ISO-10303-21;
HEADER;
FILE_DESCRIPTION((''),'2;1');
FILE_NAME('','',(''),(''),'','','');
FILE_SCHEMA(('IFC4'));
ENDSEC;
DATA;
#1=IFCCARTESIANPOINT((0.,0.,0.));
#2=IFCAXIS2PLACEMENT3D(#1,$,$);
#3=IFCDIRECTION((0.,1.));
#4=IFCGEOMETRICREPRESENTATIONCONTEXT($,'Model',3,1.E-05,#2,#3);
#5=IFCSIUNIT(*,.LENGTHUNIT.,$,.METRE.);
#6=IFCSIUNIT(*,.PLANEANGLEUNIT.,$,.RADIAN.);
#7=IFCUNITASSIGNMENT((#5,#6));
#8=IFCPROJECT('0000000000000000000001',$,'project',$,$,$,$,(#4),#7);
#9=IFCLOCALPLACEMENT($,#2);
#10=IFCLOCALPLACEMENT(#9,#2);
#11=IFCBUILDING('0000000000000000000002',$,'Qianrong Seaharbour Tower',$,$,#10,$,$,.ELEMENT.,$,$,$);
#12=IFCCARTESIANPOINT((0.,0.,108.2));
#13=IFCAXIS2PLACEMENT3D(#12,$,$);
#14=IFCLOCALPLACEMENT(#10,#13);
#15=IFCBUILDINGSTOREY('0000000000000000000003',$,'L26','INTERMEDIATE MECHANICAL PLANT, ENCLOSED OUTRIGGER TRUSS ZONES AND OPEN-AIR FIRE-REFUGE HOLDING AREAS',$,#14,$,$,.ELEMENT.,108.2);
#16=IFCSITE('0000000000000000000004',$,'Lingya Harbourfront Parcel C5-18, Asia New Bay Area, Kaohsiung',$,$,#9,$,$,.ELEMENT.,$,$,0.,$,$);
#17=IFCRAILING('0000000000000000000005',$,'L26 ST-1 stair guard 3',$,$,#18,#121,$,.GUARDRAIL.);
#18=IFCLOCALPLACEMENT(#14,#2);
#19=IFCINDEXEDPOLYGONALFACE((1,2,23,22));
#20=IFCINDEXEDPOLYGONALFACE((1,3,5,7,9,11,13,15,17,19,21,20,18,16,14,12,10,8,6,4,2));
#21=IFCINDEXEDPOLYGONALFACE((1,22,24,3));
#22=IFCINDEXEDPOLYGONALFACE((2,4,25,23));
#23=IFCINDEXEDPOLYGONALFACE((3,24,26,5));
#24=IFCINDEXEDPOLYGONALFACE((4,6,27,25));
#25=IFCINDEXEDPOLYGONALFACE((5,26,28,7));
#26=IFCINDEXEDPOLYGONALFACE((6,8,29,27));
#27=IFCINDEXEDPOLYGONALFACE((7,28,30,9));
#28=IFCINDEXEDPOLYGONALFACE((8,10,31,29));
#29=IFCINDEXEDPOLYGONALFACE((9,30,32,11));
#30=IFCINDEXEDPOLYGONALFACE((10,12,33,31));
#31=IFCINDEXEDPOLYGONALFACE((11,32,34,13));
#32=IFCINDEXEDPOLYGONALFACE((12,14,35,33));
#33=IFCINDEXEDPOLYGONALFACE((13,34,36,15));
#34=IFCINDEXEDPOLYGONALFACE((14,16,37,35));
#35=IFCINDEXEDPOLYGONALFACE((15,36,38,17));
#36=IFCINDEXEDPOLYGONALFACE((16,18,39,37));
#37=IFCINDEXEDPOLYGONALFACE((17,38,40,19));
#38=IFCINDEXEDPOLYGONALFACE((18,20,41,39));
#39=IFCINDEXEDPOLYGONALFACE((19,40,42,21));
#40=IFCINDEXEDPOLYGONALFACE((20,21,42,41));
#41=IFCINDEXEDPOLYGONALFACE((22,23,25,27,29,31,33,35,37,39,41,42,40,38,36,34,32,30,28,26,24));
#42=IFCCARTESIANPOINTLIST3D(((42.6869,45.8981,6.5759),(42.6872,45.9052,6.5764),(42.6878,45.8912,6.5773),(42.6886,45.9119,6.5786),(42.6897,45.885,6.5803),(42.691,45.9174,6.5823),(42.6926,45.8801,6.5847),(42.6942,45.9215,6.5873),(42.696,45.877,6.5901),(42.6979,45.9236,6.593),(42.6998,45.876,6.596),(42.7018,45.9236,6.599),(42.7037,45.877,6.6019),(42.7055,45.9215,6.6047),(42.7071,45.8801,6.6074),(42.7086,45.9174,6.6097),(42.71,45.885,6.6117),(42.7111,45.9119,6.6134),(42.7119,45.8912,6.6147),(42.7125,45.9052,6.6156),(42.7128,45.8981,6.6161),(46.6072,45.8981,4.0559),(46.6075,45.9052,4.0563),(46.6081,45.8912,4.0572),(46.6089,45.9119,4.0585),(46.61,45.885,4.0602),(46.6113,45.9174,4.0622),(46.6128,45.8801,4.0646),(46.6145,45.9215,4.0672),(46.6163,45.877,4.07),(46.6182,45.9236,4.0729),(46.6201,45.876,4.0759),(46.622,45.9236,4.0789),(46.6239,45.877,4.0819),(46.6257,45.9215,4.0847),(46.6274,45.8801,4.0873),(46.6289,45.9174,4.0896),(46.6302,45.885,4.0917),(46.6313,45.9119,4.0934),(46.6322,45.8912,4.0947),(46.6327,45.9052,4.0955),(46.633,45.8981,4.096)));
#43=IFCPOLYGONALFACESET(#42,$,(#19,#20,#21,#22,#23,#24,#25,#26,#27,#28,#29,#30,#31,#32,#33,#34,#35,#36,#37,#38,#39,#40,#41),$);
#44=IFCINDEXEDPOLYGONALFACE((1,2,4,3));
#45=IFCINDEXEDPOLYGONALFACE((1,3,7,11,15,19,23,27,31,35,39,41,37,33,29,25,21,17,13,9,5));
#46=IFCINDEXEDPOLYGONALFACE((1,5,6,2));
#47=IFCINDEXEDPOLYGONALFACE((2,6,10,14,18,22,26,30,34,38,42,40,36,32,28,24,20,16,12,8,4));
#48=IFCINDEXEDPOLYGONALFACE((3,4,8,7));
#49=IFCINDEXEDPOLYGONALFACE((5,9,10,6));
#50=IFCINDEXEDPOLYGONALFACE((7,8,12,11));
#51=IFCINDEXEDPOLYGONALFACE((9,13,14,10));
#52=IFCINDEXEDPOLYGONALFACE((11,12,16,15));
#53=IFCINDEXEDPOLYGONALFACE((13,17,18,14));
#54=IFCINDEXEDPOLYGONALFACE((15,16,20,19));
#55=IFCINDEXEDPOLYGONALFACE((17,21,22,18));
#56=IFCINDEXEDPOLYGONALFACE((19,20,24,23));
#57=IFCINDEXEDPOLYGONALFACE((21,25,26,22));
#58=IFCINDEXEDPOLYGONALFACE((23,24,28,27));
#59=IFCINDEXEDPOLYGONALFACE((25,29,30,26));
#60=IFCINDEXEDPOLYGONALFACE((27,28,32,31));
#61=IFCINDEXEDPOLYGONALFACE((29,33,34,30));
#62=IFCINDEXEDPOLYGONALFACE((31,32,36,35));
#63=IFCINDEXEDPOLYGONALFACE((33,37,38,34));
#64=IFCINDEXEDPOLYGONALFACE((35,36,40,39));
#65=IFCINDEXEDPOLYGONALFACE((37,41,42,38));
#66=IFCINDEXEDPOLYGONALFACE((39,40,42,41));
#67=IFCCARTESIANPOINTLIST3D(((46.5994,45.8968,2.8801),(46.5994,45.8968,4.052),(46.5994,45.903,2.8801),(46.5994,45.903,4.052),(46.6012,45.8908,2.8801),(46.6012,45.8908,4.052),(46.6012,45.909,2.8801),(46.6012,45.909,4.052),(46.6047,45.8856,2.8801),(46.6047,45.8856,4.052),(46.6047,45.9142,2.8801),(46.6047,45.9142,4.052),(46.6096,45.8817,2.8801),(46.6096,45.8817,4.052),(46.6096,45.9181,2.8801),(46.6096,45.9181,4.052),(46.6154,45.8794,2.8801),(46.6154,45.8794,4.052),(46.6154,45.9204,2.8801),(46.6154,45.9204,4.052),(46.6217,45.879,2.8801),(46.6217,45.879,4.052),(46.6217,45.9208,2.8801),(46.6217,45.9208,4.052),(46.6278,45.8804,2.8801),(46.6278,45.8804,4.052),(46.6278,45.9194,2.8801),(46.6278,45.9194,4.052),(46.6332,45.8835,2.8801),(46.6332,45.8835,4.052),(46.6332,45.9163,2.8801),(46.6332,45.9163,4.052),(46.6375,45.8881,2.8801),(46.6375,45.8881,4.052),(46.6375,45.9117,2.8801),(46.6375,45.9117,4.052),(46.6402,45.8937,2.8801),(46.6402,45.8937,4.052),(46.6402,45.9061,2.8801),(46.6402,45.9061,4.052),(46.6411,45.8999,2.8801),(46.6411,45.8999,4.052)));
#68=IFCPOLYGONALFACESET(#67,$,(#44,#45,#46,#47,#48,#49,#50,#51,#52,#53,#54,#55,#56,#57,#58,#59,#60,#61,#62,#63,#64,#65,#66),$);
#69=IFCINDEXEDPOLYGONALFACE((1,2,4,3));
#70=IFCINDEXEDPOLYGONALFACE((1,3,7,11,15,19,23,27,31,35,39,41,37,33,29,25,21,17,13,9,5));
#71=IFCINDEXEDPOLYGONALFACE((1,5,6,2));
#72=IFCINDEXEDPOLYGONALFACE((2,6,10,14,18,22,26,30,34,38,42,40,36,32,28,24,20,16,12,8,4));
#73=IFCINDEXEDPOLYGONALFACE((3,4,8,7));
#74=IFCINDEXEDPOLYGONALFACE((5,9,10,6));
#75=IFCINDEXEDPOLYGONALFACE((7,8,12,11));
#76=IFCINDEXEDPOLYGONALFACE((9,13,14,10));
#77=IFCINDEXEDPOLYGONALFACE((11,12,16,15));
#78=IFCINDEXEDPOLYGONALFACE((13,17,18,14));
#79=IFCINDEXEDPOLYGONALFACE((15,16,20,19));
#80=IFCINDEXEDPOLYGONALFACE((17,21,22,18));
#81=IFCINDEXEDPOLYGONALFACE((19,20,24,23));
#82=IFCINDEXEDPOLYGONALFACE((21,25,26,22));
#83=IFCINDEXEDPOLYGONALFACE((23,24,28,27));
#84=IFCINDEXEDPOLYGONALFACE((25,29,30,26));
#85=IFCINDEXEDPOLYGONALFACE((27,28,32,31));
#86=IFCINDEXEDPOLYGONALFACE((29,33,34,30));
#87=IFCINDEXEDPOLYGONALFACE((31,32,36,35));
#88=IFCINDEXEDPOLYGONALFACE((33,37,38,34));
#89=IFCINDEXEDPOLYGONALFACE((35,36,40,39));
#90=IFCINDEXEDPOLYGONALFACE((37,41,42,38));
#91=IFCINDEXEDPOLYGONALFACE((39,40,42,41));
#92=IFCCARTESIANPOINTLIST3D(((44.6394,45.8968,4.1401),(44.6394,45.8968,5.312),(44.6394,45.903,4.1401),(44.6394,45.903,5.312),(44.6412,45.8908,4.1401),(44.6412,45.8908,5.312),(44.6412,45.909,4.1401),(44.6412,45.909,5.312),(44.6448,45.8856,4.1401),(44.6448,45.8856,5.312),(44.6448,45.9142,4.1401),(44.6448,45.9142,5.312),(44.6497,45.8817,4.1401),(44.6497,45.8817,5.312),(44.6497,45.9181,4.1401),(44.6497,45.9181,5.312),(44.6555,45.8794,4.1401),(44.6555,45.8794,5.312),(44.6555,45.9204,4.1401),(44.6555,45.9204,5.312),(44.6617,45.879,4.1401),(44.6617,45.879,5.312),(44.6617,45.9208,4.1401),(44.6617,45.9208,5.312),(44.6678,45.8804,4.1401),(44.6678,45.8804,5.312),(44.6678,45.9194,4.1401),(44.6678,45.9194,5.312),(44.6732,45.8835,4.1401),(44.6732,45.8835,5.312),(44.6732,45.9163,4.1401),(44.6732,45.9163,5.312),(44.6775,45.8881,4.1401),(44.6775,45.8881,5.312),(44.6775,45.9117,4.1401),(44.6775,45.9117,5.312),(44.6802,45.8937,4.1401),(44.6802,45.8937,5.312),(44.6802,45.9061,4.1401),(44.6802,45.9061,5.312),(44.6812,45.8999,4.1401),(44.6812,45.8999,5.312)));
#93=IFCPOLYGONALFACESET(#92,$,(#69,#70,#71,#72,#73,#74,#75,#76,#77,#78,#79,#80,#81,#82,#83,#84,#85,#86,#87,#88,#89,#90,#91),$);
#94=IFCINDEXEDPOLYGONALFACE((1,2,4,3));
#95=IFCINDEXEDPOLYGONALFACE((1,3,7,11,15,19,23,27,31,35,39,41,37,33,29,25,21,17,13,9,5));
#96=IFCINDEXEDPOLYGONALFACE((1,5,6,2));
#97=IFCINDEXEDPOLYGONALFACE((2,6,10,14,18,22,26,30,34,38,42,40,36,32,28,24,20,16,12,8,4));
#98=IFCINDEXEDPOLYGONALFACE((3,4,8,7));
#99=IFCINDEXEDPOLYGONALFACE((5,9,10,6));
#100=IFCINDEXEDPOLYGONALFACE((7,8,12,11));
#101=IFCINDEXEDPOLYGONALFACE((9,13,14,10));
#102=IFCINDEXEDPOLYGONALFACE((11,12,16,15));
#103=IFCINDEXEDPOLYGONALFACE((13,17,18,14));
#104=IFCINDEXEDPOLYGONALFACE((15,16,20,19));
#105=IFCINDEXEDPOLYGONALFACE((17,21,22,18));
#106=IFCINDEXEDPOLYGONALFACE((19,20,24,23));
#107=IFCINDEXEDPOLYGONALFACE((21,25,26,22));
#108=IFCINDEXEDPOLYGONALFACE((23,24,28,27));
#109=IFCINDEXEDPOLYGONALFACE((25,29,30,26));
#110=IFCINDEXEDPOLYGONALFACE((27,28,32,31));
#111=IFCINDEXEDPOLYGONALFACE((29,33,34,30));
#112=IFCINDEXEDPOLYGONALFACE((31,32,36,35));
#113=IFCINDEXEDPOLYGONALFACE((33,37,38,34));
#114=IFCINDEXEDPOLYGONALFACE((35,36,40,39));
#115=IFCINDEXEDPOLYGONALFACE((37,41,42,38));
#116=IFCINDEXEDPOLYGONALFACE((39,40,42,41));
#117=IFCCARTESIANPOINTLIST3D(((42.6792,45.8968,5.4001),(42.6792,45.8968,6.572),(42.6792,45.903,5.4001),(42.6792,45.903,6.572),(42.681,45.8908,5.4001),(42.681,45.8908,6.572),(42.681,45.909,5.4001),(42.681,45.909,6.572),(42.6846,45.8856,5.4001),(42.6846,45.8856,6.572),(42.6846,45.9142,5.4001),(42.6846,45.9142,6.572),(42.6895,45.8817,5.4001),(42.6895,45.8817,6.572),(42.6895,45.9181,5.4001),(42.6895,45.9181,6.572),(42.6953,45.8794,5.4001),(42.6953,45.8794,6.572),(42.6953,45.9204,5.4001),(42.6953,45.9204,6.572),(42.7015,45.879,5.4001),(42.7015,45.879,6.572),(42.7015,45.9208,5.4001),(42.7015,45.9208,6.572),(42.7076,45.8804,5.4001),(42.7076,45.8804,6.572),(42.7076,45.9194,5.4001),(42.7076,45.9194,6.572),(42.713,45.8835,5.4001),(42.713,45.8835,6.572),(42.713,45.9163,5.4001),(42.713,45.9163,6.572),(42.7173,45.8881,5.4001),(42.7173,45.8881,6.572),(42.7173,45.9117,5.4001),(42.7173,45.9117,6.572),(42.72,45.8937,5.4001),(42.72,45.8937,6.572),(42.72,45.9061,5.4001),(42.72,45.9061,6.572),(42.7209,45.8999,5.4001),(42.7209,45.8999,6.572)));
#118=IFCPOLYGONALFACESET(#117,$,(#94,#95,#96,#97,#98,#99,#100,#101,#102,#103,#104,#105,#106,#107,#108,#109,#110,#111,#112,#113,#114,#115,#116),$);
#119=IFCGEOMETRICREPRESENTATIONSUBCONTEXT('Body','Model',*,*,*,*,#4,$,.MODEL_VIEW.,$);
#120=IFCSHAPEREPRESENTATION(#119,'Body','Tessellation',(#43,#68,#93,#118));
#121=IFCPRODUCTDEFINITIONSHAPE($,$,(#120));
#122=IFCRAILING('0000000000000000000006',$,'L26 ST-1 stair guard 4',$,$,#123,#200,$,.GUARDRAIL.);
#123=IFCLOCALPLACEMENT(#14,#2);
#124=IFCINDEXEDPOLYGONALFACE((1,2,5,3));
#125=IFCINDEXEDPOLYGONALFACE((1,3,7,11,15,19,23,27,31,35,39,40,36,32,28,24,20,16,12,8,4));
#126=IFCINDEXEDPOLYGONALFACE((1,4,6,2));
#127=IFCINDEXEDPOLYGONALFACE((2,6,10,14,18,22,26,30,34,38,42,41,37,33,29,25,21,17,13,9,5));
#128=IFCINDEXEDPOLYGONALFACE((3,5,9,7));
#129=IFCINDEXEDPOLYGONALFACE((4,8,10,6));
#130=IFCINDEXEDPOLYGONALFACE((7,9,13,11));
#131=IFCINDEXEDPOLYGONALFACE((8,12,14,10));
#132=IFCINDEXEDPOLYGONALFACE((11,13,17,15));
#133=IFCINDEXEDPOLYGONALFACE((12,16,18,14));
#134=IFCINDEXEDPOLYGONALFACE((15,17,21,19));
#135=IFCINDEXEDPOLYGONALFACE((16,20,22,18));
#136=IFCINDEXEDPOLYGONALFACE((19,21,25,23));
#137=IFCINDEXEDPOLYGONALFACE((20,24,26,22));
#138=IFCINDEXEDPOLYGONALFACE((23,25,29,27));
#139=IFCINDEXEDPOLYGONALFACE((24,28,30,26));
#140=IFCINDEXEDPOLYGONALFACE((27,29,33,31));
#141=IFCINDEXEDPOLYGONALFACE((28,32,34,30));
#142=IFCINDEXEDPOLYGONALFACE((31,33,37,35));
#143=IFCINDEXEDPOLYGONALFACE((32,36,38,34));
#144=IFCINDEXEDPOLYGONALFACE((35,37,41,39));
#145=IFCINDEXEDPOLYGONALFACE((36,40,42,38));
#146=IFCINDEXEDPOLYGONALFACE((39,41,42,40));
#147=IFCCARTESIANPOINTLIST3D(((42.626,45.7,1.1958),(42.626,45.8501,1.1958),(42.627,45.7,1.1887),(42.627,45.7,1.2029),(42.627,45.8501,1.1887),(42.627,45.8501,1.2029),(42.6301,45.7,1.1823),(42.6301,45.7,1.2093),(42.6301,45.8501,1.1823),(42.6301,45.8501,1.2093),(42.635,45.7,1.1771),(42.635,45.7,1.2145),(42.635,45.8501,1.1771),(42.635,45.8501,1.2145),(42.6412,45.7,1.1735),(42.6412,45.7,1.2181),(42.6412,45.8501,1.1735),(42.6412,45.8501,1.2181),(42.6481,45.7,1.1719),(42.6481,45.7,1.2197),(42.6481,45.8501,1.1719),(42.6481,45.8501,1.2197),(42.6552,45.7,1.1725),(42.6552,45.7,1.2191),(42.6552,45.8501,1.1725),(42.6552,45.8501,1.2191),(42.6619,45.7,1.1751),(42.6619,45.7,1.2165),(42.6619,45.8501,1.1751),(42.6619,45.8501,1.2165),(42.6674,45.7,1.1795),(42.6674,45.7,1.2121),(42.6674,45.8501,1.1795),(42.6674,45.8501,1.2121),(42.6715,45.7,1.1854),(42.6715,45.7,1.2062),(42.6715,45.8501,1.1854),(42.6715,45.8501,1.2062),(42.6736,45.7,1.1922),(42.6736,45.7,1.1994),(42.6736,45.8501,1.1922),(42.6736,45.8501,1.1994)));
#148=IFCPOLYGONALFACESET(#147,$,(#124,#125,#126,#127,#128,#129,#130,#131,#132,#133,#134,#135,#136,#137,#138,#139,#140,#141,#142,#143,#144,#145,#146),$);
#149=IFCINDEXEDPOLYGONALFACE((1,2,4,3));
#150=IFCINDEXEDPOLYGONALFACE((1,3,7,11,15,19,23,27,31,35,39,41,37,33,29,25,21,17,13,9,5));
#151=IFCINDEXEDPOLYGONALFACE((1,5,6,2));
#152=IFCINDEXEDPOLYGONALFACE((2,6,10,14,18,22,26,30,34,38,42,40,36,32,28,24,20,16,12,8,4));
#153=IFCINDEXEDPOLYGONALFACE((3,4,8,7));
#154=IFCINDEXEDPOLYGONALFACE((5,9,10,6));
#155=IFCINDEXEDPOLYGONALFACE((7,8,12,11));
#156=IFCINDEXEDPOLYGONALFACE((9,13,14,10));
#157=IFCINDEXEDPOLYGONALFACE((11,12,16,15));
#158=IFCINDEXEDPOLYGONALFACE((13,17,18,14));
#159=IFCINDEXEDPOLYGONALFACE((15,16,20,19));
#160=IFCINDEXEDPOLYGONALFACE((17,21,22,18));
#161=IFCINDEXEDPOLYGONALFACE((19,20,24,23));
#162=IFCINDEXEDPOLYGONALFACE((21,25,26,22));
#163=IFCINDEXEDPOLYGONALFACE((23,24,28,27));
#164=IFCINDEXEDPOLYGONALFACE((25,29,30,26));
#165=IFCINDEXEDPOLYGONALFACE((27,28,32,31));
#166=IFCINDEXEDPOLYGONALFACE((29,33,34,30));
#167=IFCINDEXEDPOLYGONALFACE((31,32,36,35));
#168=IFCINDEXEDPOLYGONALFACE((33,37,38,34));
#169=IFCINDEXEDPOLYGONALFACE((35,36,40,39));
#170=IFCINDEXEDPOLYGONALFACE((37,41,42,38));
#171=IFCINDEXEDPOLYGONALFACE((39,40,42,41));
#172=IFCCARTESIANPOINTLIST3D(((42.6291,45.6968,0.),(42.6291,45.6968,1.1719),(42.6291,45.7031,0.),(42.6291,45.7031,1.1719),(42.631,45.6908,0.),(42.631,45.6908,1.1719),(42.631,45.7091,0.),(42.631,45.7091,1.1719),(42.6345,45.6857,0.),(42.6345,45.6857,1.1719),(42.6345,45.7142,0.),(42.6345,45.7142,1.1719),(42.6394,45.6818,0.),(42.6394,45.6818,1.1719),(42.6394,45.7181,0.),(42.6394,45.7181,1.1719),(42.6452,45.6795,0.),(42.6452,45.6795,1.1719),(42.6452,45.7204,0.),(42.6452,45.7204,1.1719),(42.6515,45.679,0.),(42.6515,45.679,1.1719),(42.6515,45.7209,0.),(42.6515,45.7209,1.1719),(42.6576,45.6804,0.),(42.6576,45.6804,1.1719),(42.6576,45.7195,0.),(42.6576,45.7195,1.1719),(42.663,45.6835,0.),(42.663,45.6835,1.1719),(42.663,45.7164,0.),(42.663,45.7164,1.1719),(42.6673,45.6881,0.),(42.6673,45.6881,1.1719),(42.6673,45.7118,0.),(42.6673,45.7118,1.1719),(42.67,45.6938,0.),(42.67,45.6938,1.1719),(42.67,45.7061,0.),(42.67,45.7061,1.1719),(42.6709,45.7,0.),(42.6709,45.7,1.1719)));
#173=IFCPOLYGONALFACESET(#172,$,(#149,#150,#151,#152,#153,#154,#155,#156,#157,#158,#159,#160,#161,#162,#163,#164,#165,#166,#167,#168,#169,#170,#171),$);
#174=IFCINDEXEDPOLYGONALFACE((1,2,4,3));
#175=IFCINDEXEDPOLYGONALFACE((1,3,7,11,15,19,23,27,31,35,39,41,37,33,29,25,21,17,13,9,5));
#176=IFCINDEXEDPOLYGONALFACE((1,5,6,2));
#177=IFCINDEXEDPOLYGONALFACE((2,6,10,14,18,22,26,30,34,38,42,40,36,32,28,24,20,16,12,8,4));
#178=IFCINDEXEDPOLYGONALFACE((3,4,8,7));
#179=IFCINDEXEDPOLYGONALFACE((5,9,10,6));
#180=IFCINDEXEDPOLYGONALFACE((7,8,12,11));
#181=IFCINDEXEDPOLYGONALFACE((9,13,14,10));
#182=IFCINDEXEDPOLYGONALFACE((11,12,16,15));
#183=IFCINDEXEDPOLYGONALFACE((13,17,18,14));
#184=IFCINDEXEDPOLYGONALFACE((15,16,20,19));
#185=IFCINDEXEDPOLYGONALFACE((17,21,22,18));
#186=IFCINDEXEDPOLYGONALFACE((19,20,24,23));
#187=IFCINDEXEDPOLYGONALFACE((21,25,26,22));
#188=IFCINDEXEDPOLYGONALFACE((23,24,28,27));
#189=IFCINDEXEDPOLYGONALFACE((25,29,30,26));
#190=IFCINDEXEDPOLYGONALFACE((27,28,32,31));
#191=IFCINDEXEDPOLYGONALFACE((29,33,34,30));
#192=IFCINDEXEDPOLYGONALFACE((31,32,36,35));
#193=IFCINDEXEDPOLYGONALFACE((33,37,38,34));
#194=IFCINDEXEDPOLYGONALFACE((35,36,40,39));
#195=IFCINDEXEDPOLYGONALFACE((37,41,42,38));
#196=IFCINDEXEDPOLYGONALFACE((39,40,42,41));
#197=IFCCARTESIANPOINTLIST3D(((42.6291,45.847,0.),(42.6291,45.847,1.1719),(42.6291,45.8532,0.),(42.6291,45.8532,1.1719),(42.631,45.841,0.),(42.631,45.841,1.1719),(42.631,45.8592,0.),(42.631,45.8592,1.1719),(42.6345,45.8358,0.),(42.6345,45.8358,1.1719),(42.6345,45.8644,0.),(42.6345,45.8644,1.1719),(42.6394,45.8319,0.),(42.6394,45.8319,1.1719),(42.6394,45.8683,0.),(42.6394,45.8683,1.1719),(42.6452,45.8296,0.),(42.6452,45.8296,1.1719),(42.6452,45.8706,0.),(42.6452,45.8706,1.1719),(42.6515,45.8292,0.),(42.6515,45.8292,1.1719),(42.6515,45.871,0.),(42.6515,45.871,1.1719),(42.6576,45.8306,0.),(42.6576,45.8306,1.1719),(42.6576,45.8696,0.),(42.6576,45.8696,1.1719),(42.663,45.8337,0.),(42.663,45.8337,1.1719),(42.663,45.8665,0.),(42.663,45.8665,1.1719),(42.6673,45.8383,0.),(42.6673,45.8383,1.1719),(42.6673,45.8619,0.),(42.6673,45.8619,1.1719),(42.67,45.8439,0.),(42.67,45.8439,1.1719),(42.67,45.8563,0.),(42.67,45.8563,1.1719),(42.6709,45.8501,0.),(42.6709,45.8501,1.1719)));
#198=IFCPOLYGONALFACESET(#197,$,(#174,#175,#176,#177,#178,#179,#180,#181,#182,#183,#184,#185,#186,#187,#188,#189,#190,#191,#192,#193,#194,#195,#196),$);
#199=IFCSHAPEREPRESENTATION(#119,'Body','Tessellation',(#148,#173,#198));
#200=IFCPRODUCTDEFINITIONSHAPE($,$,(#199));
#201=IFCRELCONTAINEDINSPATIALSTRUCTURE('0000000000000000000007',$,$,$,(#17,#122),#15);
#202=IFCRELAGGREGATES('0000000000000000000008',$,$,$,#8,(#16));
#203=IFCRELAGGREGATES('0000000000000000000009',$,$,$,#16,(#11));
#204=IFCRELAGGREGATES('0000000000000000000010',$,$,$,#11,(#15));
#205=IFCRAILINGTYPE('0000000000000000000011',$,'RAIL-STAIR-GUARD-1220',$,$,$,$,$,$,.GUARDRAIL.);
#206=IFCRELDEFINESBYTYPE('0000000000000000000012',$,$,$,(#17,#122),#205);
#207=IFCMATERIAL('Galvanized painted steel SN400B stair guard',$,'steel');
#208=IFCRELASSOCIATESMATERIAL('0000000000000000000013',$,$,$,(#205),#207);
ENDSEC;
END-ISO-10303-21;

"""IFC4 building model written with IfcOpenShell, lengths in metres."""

from ifc_helpers import new_model, si_unit, direction, frame, origin, origin_2d, place, context, subcontext, project, spatial, circle, extrude, material, type_object, element, save


model = new_model("IFC4")

# Units and contexts
model_context = context("Model", 3, precision=1e-05, world=origin(), true_north=direction((0.0, 1.0)))
body_context = subcontext(model_context, "Body", "Model", "MODEL_VIEW")
ifc_project = project(units=[si_unit("LENGTHUNIT", "METRE"), si_unit("PLANEANGLEUNIT", "RADIAN")], contexts=[model_context])

# Site, building, storey
site_placement = place(None, origin())
site = spatial("IfcSite", under=ifc_project, at=site_placement, Name="Lingya Harbourfront Parcel C5-18, Asia New Bay Area, Kaohsiung", CompositionType="ELEMENT", RefElevation=0.0)
building_placement = place(site_placement, origin())
building = spatial("IfcBuilding", under=site, at=building_placement, Name="Qianrong Seaharbour Tower", CompositionType="ELEMENT")
storey_placement = place(building_placement, frame((0.0, 0.0, 108.2)))
storey = spatial("IfcBuildingStorey", under=building, at=storey_placement, Name="L26", Description="INTERMEDIATE MECHANICAL PLANT, ENCLOSED OUTRIGGER TRUSS ZONES AND OPEN-AIR FIRE-REFUGE HOLDING AREAS", CompositionType="ELEMENT", Elevation=108.2)

# Railings
ifc_material_1 = material(Name="Galvanized painted steel SN400B stair guard", Category="steel")
railing_type_1 = type_object("IfcRailingType", Name="RAIL-STAIR-GUARD-1220", PredefinedType="GUARDRAIL", material=ifc_material_1)
railing_1_placement = place(storey_placement, frame((46.6201, 45.8999, 2.8801)))
element("IfcRailing", 1, at=railing_1_placement, inside=storey, type_object=railing_type_1, Name="L26 ST-1 stair guard 3", PredefinedType="GUARDRAIL", context=body_context, shape_type="SweptSolid", body=[
    extrude(circle(Radius=0.0239, at=origin_2d()), frame((0.0, 0.0, 1.1958), z_axis=(-0.841187, 0.0, 0.540744), x_axis=(0.0, -1.0, 0.0)), (0.0, 0.0, 1.0), 4.6604),
    extrude(circle(Radius=0.021, at=origin_2d()), origin(), (0.0, 0.0, 1.0), 1.1719),
    extrude(circle(Radius=0.021, at=origin_2d()), frame((-1.96, 0.0, 1.26)), (0.0, 0.0, 1.0), 1.1719),
    extrude(circle(Radius=0.021, at=origin_2d()), frame((-3.9202, 0.0, 2.52)), (0.0, 0.0, 1.0), 1.1719),
])
railing_2_placement = place(storey_placement, frame((42.6499, 45.7, 0.0)))
element("IfcRailing", 2, at=railing_2_placement, inside=storey, type_object=railing_type_1, Name="L26 ST-1 stair guard 4", PredefinedType="GUARDRAIL", context=body_context, shape_type="SweptSolid", body=[
    extrude(circle(Radius=0.0239, at=origin_2d()), frame((0.0, 0.0, 1.1958), z_axis=(0.0, 1.0, 0.0), x_axis=(-1.0, 0.0, 0.0)), (0.0, 0.0, 1.0), 0.1501),
    extrude(circle(Radius=0.021, at=origin_2d()), origin(), (0.0, 0.0, 1.0), 1.1719),
    extrude(circle(Radius=0.021, at=origin_2d()), frame((0.0, 0.1501, 0.0)), (0.0, 0.0, 1.0), 1.1719),
])

save(model, "model.ifc")
